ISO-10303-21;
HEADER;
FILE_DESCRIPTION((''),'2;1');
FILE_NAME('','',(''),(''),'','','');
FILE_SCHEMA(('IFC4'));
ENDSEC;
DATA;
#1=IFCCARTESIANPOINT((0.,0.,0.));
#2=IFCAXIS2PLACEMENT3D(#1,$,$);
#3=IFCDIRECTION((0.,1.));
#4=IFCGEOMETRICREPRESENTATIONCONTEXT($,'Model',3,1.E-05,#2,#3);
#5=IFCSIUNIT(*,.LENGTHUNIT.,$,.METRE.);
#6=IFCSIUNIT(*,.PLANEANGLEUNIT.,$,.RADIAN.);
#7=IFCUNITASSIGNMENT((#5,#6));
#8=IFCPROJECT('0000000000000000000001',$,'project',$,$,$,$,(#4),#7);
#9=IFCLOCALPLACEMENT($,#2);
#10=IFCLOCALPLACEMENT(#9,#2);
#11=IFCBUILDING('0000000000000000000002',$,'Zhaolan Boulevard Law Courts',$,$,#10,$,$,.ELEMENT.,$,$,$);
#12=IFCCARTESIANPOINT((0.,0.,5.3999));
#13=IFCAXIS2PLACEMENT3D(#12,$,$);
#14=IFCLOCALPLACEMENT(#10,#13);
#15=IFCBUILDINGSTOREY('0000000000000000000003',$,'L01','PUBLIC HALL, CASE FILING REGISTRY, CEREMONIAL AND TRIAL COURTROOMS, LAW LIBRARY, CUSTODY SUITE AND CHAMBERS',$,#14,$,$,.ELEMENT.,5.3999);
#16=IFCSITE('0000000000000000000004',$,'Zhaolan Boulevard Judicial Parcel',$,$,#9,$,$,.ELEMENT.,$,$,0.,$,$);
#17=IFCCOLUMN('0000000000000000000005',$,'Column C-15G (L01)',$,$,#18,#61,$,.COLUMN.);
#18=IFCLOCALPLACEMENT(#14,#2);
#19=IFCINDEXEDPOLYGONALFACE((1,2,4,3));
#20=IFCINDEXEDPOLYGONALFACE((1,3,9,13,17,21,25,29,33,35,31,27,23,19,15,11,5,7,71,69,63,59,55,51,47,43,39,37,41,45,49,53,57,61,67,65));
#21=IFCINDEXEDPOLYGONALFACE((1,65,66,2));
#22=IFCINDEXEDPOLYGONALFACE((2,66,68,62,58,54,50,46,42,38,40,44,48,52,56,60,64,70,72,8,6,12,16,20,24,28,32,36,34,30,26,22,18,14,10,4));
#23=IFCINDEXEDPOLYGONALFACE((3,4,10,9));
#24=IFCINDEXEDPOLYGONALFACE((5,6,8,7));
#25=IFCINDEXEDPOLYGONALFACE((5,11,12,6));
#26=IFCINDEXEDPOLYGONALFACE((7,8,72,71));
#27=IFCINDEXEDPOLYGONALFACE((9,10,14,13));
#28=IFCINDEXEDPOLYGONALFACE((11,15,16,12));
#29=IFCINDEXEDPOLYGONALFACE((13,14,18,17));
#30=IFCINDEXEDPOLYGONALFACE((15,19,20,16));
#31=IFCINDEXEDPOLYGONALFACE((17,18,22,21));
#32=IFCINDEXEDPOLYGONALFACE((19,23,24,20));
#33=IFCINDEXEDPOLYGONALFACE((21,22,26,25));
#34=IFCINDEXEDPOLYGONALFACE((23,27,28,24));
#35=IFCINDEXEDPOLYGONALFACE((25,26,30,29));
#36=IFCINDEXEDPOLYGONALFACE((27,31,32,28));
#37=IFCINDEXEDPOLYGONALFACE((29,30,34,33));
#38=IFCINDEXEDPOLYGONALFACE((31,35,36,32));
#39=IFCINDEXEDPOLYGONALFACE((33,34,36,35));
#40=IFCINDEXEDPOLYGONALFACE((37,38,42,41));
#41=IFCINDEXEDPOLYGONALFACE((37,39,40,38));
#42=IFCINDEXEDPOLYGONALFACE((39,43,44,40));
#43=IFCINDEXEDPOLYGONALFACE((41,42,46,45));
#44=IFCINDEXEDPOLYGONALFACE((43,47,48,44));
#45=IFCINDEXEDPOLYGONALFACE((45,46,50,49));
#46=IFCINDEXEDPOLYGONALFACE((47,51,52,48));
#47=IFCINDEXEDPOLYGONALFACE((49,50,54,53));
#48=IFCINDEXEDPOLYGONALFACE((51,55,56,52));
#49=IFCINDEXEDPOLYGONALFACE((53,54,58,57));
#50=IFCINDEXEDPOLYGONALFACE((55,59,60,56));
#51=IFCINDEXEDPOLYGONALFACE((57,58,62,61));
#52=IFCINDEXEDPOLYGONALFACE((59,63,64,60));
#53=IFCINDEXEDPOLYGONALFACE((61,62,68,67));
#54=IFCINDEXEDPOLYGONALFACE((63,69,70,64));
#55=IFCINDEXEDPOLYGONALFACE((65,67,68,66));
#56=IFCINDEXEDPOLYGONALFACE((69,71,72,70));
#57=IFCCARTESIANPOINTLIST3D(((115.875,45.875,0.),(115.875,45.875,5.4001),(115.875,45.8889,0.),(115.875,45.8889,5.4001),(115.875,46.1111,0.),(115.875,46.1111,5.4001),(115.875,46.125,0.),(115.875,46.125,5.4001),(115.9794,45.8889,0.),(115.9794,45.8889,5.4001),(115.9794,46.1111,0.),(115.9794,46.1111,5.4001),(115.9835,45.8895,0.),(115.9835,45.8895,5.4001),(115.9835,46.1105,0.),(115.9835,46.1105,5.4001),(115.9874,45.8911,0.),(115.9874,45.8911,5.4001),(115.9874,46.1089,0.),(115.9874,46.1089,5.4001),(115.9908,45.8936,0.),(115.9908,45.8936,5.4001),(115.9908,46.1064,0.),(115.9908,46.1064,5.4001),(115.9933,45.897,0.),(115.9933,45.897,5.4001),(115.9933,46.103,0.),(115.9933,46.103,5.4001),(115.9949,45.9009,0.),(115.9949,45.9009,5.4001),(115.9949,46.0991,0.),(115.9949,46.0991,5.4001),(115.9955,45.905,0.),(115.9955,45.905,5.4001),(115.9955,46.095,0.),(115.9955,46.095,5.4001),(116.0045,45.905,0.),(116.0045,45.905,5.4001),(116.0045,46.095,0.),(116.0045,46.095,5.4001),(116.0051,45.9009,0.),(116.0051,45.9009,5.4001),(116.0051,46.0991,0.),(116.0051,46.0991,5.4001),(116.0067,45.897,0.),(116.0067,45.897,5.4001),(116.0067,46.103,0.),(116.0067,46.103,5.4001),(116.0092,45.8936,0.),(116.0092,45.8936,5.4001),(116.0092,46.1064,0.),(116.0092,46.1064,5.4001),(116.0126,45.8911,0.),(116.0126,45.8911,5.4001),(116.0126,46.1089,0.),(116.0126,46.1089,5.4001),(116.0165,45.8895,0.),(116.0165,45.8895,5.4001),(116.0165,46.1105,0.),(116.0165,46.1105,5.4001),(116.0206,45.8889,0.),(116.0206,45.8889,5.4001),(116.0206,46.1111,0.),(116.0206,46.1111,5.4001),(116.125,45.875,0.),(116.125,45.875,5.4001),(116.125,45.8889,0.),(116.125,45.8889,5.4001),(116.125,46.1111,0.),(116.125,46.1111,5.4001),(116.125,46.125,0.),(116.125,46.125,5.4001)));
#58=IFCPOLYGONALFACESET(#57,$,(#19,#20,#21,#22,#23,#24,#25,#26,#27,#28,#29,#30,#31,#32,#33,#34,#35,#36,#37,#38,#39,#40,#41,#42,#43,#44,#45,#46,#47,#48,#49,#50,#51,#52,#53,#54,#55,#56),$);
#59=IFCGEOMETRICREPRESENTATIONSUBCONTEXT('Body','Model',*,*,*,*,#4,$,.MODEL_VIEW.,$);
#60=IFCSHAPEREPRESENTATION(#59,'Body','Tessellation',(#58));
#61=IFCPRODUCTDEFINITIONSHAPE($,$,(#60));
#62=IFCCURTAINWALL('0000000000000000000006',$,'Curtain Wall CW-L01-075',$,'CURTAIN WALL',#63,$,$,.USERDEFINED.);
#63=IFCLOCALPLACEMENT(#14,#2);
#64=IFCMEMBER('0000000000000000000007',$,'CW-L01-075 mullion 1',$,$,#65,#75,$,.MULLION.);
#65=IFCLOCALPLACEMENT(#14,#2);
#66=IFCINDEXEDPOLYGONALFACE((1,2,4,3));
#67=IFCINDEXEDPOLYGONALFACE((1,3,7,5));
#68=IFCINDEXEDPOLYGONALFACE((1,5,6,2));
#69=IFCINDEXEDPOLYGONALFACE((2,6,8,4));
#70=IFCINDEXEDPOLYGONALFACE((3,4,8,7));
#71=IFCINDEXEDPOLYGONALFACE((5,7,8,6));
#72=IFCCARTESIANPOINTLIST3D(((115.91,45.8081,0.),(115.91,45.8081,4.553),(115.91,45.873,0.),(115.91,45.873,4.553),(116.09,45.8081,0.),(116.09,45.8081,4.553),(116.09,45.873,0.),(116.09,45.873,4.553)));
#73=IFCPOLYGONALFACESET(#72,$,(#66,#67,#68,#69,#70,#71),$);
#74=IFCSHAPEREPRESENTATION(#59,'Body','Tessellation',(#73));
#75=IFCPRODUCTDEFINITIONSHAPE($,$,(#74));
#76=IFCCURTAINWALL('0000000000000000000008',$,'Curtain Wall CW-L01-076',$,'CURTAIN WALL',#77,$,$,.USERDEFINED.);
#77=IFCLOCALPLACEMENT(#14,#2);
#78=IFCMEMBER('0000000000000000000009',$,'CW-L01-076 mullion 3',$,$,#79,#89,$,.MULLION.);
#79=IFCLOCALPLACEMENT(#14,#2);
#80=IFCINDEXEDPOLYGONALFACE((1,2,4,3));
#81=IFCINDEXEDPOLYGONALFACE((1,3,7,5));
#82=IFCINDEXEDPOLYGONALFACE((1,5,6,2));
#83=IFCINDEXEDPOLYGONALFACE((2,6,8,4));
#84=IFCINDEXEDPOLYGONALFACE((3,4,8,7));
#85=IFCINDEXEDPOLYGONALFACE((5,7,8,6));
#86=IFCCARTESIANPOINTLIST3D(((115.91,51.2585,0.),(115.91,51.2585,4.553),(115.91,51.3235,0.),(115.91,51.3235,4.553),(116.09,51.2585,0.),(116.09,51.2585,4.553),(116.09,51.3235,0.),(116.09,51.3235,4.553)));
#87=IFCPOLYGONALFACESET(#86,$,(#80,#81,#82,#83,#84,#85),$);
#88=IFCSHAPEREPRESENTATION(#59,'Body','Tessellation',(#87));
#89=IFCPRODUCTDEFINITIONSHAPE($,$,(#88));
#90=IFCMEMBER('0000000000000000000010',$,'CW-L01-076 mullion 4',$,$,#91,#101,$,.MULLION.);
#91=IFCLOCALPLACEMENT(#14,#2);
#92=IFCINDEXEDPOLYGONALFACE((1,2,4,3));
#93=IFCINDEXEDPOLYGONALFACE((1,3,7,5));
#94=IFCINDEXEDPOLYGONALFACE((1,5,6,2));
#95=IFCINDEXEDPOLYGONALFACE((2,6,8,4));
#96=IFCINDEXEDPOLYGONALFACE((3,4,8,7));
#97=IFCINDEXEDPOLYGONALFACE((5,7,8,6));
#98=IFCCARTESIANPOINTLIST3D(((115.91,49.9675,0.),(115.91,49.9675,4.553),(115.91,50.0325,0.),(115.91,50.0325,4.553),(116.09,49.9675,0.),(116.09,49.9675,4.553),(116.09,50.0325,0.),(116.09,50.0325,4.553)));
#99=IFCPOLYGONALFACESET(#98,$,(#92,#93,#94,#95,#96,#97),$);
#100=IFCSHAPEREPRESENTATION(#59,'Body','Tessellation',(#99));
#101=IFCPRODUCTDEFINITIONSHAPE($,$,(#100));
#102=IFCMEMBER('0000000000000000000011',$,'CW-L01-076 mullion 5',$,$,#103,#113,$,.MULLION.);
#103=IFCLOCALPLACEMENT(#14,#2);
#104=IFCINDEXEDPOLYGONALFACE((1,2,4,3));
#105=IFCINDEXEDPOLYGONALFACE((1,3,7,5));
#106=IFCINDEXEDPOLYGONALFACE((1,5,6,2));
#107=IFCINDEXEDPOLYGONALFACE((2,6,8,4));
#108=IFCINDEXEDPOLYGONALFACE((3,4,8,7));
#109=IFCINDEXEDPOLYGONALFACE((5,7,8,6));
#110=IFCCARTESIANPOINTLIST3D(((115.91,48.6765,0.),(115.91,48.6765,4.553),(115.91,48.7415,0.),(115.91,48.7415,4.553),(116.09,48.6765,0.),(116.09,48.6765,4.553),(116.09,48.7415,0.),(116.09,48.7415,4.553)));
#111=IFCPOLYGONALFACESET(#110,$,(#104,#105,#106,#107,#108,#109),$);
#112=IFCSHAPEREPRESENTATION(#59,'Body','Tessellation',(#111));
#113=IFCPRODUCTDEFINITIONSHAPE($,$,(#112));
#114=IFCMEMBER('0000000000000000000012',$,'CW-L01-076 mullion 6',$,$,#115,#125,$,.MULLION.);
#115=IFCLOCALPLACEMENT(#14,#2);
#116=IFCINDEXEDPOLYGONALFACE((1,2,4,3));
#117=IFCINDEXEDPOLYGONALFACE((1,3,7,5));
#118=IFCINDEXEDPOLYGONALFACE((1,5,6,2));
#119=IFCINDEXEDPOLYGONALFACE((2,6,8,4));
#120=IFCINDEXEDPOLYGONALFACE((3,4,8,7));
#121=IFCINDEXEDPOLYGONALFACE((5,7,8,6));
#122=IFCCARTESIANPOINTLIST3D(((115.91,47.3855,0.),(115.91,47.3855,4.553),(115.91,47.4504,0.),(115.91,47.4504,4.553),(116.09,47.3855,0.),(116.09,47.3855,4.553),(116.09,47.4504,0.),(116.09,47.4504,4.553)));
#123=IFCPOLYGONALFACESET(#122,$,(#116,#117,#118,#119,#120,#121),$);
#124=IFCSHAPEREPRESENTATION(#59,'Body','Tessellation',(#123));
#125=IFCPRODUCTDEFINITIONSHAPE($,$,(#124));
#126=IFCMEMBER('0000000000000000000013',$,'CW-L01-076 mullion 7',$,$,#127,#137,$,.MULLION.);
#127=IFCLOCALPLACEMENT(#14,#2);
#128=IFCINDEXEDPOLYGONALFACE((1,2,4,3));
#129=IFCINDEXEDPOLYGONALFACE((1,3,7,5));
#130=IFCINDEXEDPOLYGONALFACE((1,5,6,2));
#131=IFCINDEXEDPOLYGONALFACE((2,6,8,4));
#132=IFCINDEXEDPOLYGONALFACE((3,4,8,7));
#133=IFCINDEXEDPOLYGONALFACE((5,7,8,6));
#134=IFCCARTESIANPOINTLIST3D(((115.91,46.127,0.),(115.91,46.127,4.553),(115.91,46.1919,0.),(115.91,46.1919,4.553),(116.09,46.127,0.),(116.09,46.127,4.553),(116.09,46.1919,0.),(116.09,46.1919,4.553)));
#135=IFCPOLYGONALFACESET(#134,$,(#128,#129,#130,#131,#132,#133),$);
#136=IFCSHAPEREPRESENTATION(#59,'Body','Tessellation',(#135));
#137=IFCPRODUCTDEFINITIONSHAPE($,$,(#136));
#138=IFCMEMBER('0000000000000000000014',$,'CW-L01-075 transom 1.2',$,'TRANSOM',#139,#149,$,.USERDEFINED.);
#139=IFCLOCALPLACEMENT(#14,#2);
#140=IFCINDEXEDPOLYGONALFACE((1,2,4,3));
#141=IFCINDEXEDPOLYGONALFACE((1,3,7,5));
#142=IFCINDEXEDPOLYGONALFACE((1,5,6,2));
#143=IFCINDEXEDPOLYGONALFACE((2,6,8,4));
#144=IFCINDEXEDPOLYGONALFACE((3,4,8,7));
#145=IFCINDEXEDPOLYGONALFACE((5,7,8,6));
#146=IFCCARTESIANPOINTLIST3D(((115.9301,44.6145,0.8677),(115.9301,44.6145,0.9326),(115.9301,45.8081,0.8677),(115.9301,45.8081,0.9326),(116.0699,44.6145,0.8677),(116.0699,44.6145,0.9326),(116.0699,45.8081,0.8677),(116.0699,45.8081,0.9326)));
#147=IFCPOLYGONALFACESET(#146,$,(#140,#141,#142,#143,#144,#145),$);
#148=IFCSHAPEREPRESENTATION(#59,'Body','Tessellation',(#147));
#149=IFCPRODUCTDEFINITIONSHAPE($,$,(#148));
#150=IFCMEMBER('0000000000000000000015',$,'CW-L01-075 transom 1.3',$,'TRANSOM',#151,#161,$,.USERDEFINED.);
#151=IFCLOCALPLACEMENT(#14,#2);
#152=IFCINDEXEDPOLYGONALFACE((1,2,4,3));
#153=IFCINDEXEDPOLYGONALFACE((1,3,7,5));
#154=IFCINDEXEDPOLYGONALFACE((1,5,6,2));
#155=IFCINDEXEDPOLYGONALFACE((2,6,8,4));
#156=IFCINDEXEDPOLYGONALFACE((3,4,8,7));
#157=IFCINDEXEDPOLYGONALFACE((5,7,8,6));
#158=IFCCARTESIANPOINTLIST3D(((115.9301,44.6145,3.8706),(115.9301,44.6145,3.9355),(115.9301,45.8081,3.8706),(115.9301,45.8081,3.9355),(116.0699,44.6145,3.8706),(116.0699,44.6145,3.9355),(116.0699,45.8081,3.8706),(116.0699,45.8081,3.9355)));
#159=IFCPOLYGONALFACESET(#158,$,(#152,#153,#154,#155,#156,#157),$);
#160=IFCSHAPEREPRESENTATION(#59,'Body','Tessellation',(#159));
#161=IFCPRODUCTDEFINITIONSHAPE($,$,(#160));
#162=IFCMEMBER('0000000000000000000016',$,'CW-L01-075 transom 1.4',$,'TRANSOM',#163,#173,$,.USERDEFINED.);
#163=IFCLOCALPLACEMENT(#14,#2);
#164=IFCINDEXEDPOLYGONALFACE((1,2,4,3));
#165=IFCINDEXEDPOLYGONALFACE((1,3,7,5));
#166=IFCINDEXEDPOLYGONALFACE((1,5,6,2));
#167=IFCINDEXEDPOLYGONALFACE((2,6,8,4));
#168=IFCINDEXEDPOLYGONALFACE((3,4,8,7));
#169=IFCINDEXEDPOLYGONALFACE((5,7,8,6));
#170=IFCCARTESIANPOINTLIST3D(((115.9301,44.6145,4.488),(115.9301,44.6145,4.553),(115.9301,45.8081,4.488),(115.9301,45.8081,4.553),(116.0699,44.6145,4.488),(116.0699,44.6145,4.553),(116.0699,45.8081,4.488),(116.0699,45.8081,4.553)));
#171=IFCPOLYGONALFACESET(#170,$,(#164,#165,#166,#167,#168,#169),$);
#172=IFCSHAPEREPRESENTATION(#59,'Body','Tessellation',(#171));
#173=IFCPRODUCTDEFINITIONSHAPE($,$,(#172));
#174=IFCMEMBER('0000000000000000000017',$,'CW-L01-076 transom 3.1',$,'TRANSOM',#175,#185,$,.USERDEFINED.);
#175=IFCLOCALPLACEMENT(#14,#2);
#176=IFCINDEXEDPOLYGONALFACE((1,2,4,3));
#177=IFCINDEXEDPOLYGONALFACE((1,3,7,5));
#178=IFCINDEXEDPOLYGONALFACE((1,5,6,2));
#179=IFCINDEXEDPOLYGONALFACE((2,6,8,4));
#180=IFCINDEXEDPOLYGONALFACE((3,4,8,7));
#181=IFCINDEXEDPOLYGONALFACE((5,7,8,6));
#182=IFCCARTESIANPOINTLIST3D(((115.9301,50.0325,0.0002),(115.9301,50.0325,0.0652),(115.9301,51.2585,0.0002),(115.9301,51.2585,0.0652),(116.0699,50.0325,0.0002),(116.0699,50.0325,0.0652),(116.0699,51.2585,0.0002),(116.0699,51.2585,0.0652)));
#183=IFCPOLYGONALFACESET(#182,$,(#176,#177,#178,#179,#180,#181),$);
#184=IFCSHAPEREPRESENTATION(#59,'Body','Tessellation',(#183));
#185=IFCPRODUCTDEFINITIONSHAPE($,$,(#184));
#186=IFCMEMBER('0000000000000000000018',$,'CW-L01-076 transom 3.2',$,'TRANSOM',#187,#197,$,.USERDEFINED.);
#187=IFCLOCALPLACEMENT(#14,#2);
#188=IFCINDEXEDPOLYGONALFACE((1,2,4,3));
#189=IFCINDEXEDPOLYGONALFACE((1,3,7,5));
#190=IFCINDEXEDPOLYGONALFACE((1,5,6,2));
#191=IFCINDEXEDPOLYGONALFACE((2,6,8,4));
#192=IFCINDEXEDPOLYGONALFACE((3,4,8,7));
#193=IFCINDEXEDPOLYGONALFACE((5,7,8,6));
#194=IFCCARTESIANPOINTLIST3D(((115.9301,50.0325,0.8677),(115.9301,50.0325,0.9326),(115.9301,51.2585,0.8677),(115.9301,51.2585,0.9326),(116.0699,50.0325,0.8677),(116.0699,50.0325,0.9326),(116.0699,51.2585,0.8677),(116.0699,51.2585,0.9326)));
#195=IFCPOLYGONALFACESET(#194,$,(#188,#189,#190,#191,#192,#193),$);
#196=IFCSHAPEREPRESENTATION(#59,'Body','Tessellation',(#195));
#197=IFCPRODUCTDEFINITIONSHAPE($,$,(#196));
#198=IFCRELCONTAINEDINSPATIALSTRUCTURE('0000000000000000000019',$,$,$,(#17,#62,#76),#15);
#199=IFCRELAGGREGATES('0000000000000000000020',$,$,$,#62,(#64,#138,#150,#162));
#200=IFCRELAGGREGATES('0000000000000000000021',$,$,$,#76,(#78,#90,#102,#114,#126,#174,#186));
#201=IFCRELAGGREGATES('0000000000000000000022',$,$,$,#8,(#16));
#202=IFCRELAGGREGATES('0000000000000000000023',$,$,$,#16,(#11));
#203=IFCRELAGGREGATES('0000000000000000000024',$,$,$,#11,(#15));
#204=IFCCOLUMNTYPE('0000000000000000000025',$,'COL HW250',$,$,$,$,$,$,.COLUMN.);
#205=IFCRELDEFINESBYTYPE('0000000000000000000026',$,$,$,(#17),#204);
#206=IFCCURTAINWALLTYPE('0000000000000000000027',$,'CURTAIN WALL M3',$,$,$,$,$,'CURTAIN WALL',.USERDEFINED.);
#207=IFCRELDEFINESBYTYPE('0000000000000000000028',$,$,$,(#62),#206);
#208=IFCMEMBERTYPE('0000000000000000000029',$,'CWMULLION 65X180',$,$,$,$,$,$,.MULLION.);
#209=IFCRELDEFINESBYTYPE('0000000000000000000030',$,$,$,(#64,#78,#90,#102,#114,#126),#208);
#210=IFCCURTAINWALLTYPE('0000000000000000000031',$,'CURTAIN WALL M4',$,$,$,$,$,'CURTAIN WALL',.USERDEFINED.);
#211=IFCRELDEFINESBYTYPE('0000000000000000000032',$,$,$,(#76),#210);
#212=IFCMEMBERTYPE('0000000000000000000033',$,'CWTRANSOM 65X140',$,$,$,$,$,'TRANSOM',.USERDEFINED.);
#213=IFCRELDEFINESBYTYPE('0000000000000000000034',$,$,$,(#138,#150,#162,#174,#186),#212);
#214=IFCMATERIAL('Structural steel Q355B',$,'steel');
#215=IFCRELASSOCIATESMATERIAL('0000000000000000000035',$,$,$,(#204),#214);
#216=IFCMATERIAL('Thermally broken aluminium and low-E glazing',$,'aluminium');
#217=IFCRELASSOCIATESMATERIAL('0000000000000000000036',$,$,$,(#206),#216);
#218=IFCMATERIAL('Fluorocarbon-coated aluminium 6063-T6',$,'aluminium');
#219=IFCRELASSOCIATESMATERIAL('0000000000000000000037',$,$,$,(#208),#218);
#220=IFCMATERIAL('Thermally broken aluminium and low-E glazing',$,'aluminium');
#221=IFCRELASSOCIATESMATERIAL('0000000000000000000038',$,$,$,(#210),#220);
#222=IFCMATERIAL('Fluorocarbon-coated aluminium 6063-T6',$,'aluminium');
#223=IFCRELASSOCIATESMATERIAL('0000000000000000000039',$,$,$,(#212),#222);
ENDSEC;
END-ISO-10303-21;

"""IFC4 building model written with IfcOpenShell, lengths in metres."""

from ifc_helpers import new_model, si_unit, direction, frame, origin, origin_2d, place, context, subcontext, project, spatial, rectangle, i_section, extrude, material, material_profile, profile_set, type_object, element, aggregate, save


model = new_model("IFC4")

# Units and contexts
model_context = context("Model", 3, precision=1e-05, world=origin(), true_north=direction((0.0, 1.0)))
body_context = subcontext(model_context, "Body", "Model", "MODEL_VIEW")
ifc_project = project(units=[si_unit("LENGTHUNIT", "METRE"), si_unit("PLANEANGLEUNIT", "RADIAN")], contexts=[model_context])

# Site, building, storey
site_placement = place(None, origin())
site = spatial("IfcSite", under=ifc_project, at=site_placement, Name="Zhaolan Boulevard Judicial Parcel", CompositionType="ELEMENT", RefElevation=0.0)
building_placement = place(site_placement, origin())
building = spatial("IfcBuilding", under=site, at=building_placement, Name="Zhaolan Boulevard Law Courts", CompositionType="ELEMENT")
storey_placement = place(building_placement, frame((0.0, 0.0, 5.3999)))
storey = spatial("IfcBuildingStorey", under=building, at=storey_placement, Name="L01", Description="PUBLIC HALL, CASE FILING REGISTRY, CEREMONIAL AND TRIAL COURTROOMS, LAW LIBRARY, CUSTODY SUITE AND CHAMBERS", CompositionType="ELEMENT", Elevation=5.3999)

# Column
ifc_material_1 = material(Name="Structural steel Q355B", Category="steel")
ifc_material_profile_1 = material_profile(ifc_material_1, i_section(OverallWidth=0.25, OverallDepth=0.25, WebThickness=0.009, FlangeThickness=0.0139, FilletRadius=0.0161, at=origin_2d()), Name="HW250x250")
ifc_profile_set_1 = profile_set([ifc_material_profile_1], Name="Structural steel Q355B")
column_type = type_object("IfcColumnType", Name="COL HW250", PredefinedType="COLUMN", material=ifc_profile_set_1)
column_placement = place(storey_placement, frame((116.0, 46.0, 0.0), z_axis=(0.0, 0.0, 1.0), x_axis=(1.0, 0.0, 0.0)))
element("IfcColumn", 1, at=column_placement, inside=storey, type_object=column_type, Name="Column C-15G (L01)", PredefinedType="COLUMN", context=body_context, shape_type="SweptSolid", body=[
    extrude(i_section(OverallWidth=0.25, OverallDepth=0.25, WebThickness=0.009, FlangeThickness=0.0139, FilletRadius=0.0161, at=origin_2d()), origin(), (0.0, 0.0, 1.0), 5.4001),
])

# Curtain wall, member
ifc_material_2 = material(Name="Thermally broken aluminium and low-E glazing", Category="aluminium")
curtain_wall_type_1 = type_object("IfcCurtainWallType", Name="CURTAIN WALL M3", ElementType="CURTAIN WALL", PredefinedType="USERDEFINED", material=ifc_material_2)
curtain_wall_1_placement = place(storey_placement, origin())
curtain_wall_1 = element("IfcCurtainWall", 2, at=curtain_wall_1_placement, inside=storey, type_object=curtain_wall_type_1, Name="Curtain Wall CW-L01-075", ObjectType="CURTAIN WALL", PredefinedType="USERDEFINED")
ifc_material_3 = material(Name="Fluorocarbon-coated aluminium 6063-T6", Category="aluminium")
ifc_material_profile_2 = material_profile(ifc_material_3, rectangle(XDim=0.1799, YDim=0.0649, at=origin_2d()), Name="AL65x180")
ifc_profile_set_2 = profile_set([ifc_material_profile_2], Name="Fluorocarbon-coated aluminium 6063-T6")
member_type_1 = type_object("IfcMemberType", Name="CWMULLION 65X180", PredefinedType="MULLION", material=ifc_profile_set_2)
member_1_placement = place(storey_placement, frame((116.0, 45.8406, 0.0), z_axis=(0.0, 0.0, 1.0), x_axis=(1.0, 0.0, 0.0)))
member_1 = element("IfcMember", 3, at=member_1_placement, type_object=member_type_1, Name="CW-L01-075 mullion 1", PredefinedType="MULLION", context=body_context, shape_type="SweptSolid", body=[
    extrude(rectangle(XDim=0.1799, YDim=0.0649, at=origin_2d()), origin(), (0.0, 0.0, 1.0), 4.553),
])

# Curtain wall, members
ifc_material_4 = material(Name="Thermally broken aluminium and low-E glazing", Category="aluminium")
curtain_wall_type_2 = type_object("IfcCurtainWallType", Name="CURTAIN WALL M4", ElementType="CURTAIN WALL", PredefinedType="USERDEFINED", material=ifc_material_4)
curtain_wall_2_placement = place(storey_placement, origin())
curtain_wall_2 = element("IfcCurtainWall", 4, at=curtain_wall_2_placement, inside=storey, type_object=curtain_wall_type_2, Name="Curtain Wall CW-L01-076", ObjectType="CURTAIN WALL", PredefinedType="USERDEFINED")
member_2_placement = place(storey_placement, frame((116.0, 51.291, 0.0), z_axis=(0.0, 0.0, 1.0), x_axis=(1.0, 0.0, 0.0)))
member_2 = element("IfcMember", 5, at=member_2_placement, type_object=member_type_1, Name="CW-L01-076 mullion 3", PredefinedType="MULLION", context=body_context, shape_type="SweptSolid", body=[
    extrude(rectangle(XDim=0.1799, YDim=0.0649, at=origin_2d()), origin(), (0.0, 0.0, 1.0), 4.553),
])
member_3_placement = place(storey_placement, frame((116.0, 50.0, 0.0), z_axis=(0.0, 0.0, 1.0), x_axis=(1.0, 0.0, 0.0)))
member_3 = element("IfcMember", 6, at=member_3_placement, type_object=member_type_1, Name="CW-L01-076 mullion 4", PredefinedType="MULLION", context=body_context, shape_type="SweptSolid", body=[
    extrude(rectangle(XDim=0.1799, YDim=0.0649, at=origin_2d()), origin(), (0.0, 0.0, 1.0), 4.553),
])
member_4_placement = place(storey_placement, frame((116.0, 48.709, 0.0), z_axis=(0.0, 0.0, 1.0), x_axis=(1.0, 0.0, 0.0)))
member_4 = element("IfcMember", 7, at=member_4_placement, type_object=member_type_1, Name="CW-L01-076 mullion 5", PredefinedType="MULLION", context=body_context, shape_type="SweptSolid", body=[
    extrude(rectangle(XDim=0.1799, YDim=0.0649, at=origin_2d()), origin(), (0.0, 0.0, 1.0), 4.553),
])
member_5_placement = place(storey_placement, frame((116.0, 47.418, 0.0), z_axis=(0.0, 0.0, 1.0), x_axis=(1.0, 0.0, 0.0)))
member_5 = element("IfcMember", 8, at=member_5_placement, type_object=member_type_1, Name="CW-L01-076 mullion 6", PredefinedType="MULLION", context=body_context, shape_type="SweptSolid", body=[
    extrude(rectangle(XDim=0.1799, YDim=0.0649, at=origin_2d()), origin(), (0.0, 0.0, 1.0), 4.553),
])
member_6_placement = place(storey_placement, frame((116.0, 46.1594, 0.0), z_axis=(0.0, 0.0, 1.0), x_axis=(1.0, 0.0, 0.0)))
member_6 = element("IfcMember", 9, at=member_6_placement, type_object=member_type_1, Name="CW-L01-076 mullion 7", PredefinedType="MULLION", context=body_context, shape_type="SweptSolid", body=[
    extrude(rectangle(XDim=0.1799, YDim=0.0649, at=origin_2d()), origin(), (0.0, 0.0, 1.0), 4.553),
])

# Members
ifc_material_5 = material(Name="Fluorocarbon-coated aluminium 6063-T6", Category="aluminium")
ifc_material_profile_3 = material_profile(ifc_material_5, rectangle(XDim=0.1399, YDim=0.0649, at=origin_2d()), Name="AL65x140")
ifc_profile_set_3 = profile_set([ifc_material_profile_3], Name="Fluorocarbon-coated aluminium 6063-T6")
member_type_2 = type_object("IfcMemberType", Name="CWTRANSOM 65X140", ElementType="TRANSOM", PredefinedType="USERDEFINED", material=ifc_profile_set_3)
member_7_placement = place(storey_placement, frame((116.0, 45.8081, 0.9001), z_axis=(0.0, -1.0, 0.0), x_axis=(1.0, 0.0, 0.0)))
member_7 = element("IfcMember", 10, at=member_7_placement, type_object=member_type_2, Name="CW-L01-075 transom 1.2", ObjectType="TRANSOM", PredefinedType="USERDEFINED", context=body_context, shape_type="SweptSolid", body=[
    extrude(rectangle(XDim=0.1399, YDim=0.0649, at=origin_2d()), origin(), (0.0, 0.0, 1.0), 1.1936),
])
member_8_placement = place(storey_placement, frame((116.0, 45.8081, 3.9031), z_axis=(0.0, -1.0, 0.0), x_axis=(1.0, 0.0, 0.0)))
member_8 = element("IfcMember", 11, at=member_8_placement, type_object=member_type_2, Name="CW-L01-075 transom 1.3", ObjectType="TRANSOM", PredefinedType="USERDEFINED", context=body_context, shape_type="SweptSolid", body=[
    extrude(rectangle(XDim=0.1399, YDim=0.0649, at=origin_2d()), origin(), (0.0, 0.0, 1.0), 1.1936),
])
member_9_placement = place(storey_placement, frame((116.0, 45.8081, 4.5205), z_axis=(0.0, -1.0, 0.0), x_axis=(1.0, 0.0, 0.0)))
member_9 = element("IfcMember", 12, at=member_9_placement, type_object=member_type_2, Name="CW-L01-075 transom 1.4", ObjectType="TRANSOM", PredefinedType="USERDEFINED", context=body_context, shape_type="SweptSolid", body=[
    extrude(rectangle(XDim=0.1399, YDim=0.0649, at=origin_2d()), origin(), (0.0, 0.0, 1.0), 1.1936),
])
aggregate(curtain_wall_1, [member_1, member_7, member_8, member_9])
member_10_placement = place(storey_placement, frame((116.0, 51.2585, 0.0327), z_axis=(0.0, -1.0, 0.0), x_axis=(1.0, 0.0, 0.0)))
member_10 = element("IfcMember", 13, at=member_10_placement, type_object=member_type_2, Name="CW-L01-076 transom 3.1", ObjectType="TRANSOM", PredefinedType="USERDEFINED", context=body_context, shape_type="SweptSolid", body=[
    extrude(rectangle(XDim=0.1399, YDim=0.0649, at=origin_2d()), origin(), (0.0, 0.0, 1.0), 1.2261),
])
member_11_placement = place(storey_placement, frame((116.0, 51.2585, 0.9001), z_axis=(0.0, -1.0, 0.0), x_axis=(1.0, 0.0, 0.0)))
member_11 = element("IfcMember", 14, at=member_11_placement, type_object=member_type_2, Name="CW-L01-076 transom 3.2", ObjectType="TRANSOM", PredefinedType="USERDEFINED", context=body_context, shape_type="SweptSolid", body=[
    extrude(rectangle(XDim=0.1399, YDim=0.0649, at=origin_2d()), origin(), (0.0, 0.0, 1.0), 1.2261),
])

aggregate(curtain_wall_2, [member_2, member_3, member_4, member_5, member_6, member_10, member_11])

save(model, "model.ifc")
